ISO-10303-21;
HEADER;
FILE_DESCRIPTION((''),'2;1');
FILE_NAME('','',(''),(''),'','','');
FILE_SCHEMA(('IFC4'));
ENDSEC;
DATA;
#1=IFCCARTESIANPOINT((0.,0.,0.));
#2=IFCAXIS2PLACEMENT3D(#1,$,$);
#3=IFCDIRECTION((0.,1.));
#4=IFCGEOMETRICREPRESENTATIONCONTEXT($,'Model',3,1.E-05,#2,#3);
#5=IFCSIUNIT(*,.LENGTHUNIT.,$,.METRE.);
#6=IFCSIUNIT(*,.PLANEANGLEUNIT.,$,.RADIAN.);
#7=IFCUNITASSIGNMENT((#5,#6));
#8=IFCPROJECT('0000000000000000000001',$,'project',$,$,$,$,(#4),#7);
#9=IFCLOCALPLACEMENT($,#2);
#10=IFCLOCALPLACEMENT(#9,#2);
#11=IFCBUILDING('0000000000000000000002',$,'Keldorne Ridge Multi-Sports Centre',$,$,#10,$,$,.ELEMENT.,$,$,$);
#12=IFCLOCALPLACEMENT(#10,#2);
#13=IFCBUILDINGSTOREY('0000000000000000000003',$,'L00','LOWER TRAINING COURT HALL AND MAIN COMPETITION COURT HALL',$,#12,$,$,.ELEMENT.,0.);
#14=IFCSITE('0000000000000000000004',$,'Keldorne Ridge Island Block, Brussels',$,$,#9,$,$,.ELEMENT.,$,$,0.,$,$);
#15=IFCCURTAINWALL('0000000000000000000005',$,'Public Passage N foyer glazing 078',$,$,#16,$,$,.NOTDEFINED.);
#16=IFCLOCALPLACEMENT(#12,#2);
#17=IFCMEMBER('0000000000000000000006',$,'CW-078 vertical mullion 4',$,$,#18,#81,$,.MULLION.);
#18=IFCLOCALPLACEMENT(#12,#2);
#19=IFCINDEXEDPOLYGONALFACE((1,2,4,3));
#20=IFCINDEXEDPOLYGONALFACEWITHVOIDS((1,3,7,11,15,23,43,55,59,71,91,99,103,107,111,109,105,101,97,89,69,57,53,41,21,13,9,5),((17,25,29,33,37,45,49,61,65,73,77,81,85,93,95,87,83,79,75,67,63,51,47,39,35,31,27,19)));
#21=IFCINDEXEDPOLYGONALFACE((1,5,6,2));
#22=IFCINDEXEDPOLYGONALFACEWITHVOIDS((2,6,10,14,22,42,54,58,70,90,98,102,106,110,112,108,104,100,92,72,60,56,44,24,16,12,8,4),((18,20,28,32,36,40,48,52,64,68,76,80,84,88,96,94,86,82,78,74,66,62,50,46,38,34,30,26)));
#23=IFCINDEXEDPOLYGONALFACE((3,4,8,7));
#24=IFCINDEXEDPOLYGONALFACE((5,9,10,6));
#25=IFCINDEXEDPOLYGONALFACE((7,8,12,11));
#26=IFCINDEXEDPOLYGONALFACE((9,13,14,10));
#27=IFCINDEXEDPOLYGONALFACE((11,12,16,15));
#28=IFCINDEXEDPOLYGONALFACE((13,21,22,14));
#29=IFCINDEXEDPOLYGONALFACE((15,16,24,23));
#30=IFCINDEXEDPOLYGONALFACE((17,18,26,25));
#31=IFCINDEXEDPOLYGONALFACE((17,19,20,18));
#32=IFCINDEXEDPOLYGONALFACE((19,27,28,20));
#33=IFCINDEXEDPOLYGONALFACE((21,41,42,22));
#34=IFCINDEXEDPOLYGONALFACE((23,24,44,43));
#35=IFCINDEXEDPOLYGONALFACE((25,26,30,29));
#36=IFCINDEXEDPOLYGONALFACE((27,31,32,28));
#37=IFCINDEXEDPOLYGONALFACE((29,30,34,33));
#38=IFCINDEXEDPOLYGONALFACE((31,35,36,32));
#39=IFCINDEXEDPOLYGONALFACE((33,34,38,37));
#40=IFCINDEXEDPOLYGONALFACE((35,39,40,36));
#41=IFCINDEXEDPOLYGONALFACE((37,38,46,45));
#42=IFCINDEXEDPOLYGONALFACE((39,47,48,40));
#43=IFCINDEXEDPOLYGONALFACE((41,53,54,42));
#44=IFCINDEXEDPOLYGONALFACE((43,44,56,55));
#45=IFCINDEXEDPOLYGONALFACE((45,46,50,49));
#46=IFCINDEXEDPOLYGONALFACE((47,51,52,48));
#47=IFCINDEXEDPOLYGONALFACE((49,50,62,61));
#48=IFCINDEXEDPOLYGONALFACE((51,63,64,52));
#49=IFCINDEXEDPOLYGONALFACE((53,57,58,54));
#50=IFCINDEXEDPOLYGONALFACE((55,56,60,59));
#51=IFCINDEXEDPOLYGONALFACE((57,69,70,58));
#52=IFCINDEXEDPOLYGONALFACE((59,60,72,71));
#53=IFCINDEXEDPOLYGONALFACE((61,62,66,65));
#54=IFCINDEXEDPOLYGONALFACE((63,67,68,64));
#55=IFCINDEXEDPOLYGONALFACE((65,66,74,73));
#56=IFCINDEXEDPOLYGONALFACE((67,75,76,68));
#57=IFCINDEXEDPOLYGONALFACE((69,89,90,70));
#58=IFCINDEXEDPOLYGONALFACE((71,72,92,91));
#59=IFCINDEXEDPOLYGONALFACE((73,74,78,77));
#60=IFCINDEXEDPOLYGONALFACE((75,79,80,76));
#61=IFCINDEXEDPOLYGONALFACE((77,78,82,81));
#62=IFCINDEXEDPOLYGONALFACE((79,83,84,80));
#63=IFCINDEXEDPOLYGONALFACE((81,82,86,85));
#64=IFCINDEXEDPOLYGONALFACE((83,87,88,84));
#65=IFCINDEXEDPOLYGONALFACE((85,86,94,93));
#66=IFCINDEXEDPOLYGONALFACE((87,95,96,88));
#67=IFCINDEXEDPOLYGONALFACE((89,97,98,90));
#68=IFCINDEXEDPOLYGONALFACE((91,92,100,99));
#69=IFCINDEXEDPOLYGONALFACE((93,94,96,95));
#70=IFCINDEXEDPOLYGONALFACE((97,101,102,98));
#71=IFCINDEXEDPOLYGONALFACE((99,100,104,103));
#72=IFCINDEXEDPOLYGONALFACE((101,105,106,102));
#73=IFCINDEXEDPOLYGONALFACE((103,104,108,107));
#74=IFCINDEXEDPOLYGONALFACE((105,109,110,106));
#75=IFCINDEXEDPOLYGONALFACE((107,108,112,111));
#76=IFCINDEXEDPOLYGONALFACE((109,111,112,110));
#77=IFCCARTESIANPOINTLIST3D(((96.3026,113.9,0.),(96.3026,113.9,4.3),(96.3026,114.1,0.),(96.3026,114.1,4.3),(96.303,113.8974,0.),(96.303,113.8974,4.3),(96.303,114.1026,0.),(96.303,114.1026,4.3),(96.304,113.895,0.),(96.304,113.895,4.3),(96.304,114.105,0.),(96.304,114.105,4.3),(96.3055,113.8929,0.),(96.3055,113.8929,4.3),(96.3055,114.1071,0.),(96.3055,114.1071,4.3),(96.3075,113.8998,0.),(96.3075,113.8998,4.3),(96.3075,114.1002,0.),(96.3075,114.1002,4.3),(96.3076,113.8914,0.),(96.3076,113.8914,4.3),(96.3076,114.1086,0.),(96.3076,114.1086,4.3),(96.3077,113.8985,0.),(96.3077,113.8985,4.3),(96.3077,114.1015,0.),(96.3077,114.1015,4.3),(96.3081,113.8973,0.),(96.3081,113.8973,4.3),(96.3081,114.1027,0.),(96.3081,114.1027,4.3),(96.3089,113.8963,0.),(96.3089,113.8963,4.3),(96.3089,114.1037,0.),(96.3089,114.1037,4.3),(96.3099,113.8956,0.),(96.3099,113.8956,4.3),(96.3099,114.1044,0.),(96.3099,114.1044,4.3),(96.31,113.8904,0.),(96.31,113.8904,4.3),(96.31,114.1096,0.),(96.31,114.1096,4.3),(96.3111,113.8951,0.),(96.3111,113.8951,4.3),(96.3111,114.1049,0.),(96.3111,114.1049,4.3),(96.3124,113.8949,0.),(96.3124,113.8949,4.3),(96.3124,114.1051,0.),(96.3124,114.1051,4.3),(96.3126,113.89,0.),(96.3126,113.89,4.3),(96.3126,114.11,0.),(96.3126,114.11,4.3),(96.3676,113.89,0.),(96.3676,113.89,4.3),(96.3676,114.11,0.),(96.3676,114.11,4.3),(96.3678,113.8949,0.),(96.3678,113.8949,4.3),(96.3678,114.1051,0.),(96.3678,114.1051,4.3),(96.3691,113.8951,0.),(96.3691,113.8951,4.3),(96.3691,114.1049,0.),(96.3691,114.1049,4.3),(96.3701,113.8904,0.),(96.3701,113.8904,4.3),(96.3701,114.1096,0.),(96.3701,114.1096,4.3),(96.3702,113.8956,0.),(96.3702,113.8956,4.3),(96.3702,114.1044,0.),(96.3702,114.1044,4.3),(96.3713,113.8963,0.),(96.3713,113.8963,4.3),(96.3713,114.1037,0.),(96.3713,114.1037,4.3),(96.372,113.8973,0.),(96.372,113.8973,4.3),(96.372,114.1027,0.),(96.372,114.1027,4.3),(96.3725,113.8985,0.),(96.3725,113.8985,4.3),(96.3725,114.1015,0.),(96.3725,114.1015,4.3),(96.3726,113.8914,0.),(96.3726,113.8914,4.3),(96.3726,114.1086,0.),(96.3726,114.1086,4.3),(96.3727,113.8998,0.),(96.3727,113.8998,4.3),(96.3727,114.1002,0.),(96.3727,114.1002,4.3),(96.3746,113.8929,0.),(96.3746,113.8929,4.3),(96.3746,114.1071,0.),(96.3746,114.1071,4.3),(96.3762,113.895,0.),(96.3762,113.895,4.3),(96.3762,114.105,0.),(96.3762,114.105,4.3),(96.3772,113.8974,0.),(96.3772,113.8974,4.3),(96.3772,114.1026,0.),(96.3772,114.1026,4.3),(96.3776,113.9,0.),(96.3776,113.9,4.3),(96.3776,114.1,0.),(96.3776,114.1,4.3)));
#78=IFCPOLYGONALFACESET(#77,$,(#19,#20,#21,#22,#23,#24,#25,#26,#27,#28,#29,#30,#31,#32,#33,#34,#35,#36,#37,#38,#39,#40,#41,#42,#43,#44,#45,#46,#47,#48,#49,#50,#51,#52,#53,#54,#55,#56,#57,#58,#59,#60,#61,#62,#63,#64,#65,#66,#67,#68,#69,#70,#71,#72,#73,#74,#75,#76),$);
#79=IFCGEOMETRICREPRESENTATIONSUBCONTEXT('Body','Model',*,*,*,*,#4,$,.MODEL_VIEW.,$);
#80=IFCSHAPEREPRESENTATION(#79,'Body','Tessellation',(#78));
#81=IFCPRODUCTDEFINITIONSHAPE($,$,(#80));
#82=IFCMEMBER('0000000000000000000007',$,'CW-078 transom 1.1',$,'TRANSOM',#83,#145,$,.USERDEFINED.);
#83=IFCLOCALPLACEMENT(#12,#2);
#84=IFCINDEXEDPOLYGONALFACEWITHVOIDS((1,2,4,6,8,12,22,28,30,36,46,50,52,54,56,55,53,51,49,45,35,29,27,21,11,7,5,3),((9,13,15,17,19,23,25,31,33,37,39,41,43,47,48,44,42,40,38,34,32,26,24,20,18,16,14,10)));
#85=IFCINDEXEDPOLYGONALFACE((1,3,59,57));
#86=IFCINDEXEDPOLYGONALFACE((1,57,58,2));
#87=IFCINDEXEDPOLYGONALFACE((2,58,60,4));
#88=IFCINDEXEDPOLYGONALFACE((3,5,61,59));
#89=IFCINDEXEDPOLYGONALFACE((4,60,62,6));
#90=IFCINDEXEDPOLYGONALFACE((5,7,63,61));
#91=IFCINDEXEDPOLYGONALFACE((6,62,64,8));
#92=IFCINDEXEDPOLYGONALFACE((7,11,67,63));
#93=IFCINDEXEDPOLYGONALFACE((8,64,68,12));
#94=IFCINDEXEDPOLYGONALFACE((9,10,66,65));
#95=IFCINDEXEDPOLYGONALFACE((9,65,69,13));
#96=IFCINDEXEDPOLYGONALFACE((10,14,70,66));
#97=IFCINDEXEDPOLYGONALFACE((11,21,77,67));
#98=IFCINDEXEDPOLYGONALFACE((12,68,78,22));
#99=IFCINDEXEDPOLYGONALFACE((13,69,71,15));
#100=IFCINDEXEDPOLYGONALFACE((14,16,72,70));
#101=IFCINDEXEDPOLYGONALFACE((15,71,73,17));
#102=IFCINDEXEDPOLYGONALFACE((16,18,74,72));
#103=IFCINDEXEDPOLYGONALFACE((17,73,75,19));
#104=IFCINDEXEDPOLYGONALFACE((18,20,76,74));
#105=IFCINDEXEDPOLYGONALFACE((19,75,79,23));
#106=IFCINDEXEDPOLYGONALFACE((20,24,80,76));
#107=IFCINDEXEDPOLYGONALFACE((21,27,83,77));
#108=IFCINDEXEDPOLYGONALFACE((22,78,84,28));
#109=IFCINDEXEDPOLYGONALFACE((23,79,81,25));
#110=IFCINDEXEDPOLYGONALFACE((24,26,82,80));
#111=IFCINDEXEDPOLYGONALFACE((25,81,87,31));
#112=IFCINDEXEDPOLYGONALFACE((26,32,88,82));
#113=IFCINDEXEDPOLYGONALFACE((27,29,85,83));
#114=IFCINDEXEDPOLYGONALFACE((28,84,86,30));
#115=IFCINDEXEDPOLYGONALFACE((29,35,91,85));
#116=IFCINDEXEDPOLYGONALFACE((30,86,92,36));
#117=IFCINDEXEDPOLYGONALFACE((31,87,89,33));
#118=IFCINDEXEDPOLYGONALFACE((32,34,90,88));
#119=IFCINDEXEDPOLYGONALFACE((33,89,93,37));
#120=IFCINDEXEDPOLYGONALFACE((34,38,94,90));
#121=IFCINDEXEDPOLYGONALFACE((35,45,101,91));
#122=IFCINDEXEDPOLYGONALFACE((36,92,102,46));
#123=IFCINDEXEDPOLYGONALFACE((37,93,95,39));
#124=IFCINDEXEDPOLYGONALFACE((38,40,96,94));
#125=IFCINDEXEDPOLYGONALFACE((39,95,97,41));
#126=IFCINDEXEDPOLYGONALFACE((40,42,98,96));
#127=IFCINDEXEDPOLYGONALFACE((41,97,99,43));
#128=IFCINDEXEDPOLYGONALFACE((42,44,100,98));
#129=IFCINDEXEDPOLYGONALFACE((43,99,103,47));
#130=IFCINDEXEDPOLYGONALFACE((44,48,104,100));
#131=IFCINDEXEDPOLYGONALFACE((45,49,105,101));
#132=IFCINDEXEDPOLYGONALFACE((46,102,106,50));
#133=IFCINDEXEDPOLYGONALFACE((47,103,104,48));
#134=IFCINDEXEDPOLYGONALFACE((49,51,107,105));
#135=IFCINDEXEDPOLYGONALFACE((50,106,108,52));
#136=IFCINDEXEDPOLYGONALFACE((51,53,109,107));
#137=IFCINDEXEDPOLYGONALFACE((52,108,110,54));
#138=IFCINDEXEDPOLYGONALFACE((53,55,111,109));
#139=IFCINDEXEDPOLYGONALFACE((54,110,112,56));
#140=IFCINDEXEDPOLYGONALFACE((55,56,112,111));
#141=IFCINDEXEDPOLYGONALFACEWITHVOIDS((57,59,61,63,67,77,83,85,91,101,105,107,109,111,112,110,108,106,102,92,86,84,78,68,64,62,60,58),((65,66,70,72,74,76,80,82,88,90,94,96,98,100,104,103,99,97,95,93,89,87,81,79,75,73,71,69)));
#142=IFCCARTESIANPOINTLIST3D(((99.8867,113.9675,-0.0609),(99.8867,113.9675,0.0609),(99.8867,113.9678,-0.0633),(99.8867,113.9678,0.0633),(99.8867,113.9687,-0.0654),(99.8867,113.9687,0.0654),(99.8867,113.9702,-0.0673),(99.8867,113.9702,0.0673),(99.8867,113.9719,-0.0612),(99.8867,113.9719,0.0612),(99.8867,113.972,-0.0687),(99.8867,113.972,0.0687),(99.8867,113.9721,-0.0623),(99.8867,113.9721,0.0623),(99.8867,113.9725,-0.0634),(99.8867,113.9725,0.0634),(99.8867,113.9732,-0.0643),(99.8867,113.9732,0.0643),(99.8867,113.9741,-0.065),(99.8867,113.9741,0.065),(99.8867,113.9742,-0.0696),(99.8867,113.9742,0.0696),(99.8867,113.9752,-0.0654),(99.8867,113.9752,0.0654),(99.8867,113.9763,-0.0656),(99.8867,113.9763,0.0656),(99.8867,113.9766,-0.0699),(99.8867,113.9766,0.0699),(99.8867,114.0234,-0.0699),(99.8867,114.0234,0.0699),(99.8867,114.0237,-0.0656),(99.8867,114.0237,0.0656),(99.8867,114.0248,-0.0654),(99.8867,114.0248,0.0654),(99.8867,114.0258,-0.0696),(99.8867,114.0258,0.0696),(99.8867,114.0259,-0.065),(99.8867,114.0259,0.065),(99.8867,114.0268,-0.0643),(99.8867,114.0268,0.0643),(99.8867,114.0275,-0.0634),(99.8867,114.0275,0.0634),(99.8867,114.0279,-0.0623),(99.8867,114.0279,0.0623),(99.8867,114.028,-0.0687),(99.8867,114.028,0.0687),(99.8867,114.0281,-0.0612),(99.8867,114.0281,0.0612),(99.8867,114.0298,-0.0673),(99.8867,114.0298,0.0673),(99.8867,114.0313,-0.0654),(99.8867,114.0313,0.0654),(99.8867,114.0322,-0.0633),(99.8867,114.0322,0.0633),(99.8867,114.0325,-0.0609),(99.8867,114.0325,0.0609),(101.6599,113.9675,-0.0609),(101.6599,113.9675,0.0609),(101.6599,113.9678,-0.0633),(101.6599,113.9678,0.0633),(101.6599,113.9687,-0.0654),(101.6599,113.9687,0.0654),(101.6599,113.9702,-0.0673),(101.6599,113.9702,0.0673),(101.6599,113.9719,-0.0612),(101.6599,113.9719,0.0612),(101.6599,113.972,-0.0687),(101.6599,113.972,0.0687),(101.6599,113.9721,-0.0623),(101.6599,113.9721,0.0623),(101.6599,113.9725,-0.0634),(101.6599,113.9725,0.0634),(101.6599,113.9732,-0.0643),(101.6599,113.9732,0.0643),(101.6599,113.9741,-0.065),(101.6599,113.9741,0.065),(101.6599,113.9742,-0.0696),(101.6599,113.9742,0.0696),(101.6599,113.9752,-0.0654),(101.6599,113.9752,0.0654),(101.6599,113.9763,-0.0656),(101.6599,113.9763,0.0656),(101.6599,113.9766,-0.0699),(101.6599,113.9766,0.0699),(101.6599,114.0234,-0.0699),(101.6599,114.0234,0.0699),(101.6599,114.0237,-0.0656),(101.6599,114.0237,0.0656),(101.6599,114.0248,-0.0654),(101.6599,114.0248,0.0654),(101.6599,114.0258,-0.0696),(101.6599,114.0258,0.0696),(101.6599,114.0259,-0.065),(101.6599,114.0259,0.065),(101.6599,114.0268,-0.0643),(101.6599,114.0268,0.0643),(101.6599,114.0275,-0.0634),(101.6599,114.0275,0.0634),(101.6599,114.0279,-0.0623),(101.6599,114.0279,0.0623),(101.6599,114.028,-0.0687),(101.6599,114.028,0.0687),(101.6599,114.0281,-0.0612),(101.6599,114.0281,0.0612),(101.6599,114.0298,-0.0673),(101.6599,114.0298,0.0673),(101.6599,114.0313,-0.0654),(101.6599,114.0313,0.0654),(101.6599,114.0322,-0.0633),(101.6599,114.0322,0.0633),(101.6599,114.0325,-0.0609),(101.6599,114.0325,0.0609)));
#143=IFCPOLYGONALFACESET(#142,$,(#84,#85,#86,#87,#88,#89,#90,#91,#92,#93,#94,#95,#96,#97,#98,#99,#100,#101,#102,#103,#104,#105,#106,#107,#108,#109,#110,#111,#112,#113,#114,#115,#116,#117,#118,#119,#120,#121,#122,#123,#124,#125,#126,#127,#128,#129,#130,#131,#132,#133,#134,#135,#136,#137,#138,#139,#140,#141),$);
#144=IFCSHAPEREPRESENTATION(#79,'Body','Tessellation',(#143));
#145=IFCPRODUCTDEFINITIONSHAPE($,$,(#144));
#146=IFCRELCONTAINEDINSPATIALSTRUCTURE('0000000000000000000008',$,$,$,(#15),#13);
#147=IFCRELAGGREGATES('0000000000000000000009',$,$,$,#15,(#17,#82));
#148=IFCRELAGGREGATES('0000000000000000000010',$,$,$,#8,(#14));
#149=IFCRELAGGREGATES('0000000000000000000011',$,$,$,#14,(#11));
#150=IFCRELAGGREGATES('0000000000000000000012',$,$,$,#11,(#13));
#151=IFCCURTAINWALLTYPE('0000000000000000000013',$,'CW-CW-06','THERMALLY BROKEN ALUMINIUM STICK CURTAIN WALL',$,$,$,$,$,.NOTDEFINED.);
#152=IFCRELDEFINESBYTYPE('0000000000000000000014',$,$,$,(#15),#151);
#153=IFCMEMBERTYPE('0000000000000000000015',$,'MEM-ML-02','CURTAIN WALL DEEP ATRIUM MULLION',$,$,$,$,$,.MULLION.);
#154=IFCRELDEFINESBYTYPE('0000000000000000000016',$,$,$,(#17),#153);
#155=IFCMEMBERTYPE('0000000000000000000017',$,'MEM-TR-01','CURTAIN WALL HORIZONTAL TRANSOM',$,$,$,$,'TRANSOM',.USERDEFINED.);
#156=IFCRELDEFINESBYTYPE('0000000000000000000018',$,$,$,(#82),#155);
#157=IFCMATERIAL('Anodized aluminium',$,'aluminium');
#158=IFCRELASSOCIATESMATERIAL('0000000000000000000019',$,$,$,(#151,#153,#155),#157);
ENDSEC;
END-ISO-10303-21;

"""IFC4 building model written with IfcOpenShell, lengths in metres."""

from ifc_helpers import new_model, si_unit, direction, frame, origin, origin_2d, place, context, subcontext, project, spatial, hollow_rectangle, extrude, material, material_profile, profile_set, type_object, element, aggregate, save


model = new_model("IFC4")

# Units and contexts
model_context = context("Model", 3, precision=1e-05, world=origin(), true_north=direction((0.0, 1.0)))
body_context = subcontext(model_context, "Body", "Model", "MODEL_VIEW")
ifc_project = project(units=[si_unit("LENGTHUNIT", "METRE"), si_unit("PLANEANGLEUNIT", "RADIAN")], contexts=[model_context])

# Site, building, storey
site_placement = place(None, origin())
site = spatial("IfcSite", under=ifc_project, at=site_placement, Name="Keldorne Ridge Island Block, Brussels", CompositionType="ELEMENT", RefElevation=0.0)
building_placement = place(site_placement, origin())
building = spatial("IfcBuilding", under=site, at=building_placement, Name="Keldorne Ridge Multi-Sports Centre", CompositionType="ELEMENT")
storey_placement = place(building_placement, origin())
storey = spatial("IfcBuildingStorey", under=building, at=storey_placement, Name="L00", Description="LOWER TRAINING COURT HALL AND MAIN COMPETITION COURT HALL", CompositionType="ELEMENT", Elevation=0.0)

# Curtain wall, members
ifc_material_1 = material(Name="Anodized aluminium", Category="aluminium")
curtain_wall_type = type_object("IfcCurtainWallType", Name="CW-CW-06", Description="THERMALLY BROKEN ALUMINIUM STICK CURTAIN WALL", PredefinedType="NOTDEFINED", material=ifc_material_1)
curtain_wall_placement = place(storey_placement, origin())
curtain_wall = element("IfcCurtainWall", 1, at=curtain_wall_placement, inside=storey, type_object=curtain_wall_type, Name="Public Passage N foyer glazing 078", PredefinedType="NOTDEFINED")
ifc_material_profile_1 = material_profile(ifc_material_1, hollow_rectangle(XDim=0.075, YDim=0.22, WallThickness=0.0049, InnerFilletRadius=0.0049, OuterFilletRadius=0.01, at=origin_2d()), Name="ALU MULLION 220x75x5")
ifc_profile_set_1 = profile_set([ifc_material_profile_1], Name="Anodized aluminium")
member_type_1 = type_object("IfcMemberType", Name="MEM-ML-02", Description="CURTAIN WALL DEEP ATRIUM MULLION", PredefinedType="MULLION", material=ifc_profile_set_1)
member_1_placement = place(storey_placement, frame((96.3401, 114.0, 0.0), z_axis=(0.0, 0.0, 1.0), x_axis=(1.0, 0.0, 0.0)))
member_1 = element("IfcMember", 2, at=member_1_placement, type_object=member_type_1, Name="CW-078 vertical mullion 4", PredefinedType="MULLION", context=body_context, shape_type="SweptSolid", body=[
    extrude(hollow_rectangle(XDim=0.075, YDim=0.22, WallThickness=0.0049, InnerFilletRadius=0.0049, OuterFilletRadius=0.01, at=origin_2d()), origin(), (0.0, 0.0, 1.0), 4.3),
])
ifc_material_profile_2 = material_profile(ifc_material_1, hollow_rectangle(XDim=0.0649, YDim=0.1399, WallThickness=0.0044, InnerFilletRadius=0.0044, OuterFilletRadius=0.009, at=origin_2d()), Name="ALU TRANSOM 140x65x4.5")
ifc_profile_set_2 = profile_set([ifc_material_profile_2], Name="Anodized aluminium")
member_type_2 = type_object("IfcMemberType", Name="MEM-TR-01", Description="CURTAIN WALL HORIZONTAL TRANSOM", ElementType="TRANSOM", PredefinedType="USERDEFINED", material=ifc_profile_set_2)
member_2_placement = place(storey_placement, frame((101.6599, 114.0, 0.0), z_axis=(-1.0, 0.0, 0.0), x_axis=(0.0, -1.0, 0.0)))
member_2 = element("IfcMember", 3, at=member_2_placement, type_object=member_type_2, Name="CW-078 transom 1.1", ObjectType="TRANSOM", PredefinedType="USERDEFINED", context=body_context, shape_type="SweptSolid", body=[
    extrude(hollow_rectangle(XDim=0.0649, YDim=0.1399, WallThickness=0.0044, InnerFilletRadius=0.0044, OuterFilletRadius=0.009, at=origin_2d()), origin(), (0.0, 0.0, 1.0), 1.7732),
])
aggregate(curtain_wall, [member_1, member_2])

save(model, "model.ifc")
